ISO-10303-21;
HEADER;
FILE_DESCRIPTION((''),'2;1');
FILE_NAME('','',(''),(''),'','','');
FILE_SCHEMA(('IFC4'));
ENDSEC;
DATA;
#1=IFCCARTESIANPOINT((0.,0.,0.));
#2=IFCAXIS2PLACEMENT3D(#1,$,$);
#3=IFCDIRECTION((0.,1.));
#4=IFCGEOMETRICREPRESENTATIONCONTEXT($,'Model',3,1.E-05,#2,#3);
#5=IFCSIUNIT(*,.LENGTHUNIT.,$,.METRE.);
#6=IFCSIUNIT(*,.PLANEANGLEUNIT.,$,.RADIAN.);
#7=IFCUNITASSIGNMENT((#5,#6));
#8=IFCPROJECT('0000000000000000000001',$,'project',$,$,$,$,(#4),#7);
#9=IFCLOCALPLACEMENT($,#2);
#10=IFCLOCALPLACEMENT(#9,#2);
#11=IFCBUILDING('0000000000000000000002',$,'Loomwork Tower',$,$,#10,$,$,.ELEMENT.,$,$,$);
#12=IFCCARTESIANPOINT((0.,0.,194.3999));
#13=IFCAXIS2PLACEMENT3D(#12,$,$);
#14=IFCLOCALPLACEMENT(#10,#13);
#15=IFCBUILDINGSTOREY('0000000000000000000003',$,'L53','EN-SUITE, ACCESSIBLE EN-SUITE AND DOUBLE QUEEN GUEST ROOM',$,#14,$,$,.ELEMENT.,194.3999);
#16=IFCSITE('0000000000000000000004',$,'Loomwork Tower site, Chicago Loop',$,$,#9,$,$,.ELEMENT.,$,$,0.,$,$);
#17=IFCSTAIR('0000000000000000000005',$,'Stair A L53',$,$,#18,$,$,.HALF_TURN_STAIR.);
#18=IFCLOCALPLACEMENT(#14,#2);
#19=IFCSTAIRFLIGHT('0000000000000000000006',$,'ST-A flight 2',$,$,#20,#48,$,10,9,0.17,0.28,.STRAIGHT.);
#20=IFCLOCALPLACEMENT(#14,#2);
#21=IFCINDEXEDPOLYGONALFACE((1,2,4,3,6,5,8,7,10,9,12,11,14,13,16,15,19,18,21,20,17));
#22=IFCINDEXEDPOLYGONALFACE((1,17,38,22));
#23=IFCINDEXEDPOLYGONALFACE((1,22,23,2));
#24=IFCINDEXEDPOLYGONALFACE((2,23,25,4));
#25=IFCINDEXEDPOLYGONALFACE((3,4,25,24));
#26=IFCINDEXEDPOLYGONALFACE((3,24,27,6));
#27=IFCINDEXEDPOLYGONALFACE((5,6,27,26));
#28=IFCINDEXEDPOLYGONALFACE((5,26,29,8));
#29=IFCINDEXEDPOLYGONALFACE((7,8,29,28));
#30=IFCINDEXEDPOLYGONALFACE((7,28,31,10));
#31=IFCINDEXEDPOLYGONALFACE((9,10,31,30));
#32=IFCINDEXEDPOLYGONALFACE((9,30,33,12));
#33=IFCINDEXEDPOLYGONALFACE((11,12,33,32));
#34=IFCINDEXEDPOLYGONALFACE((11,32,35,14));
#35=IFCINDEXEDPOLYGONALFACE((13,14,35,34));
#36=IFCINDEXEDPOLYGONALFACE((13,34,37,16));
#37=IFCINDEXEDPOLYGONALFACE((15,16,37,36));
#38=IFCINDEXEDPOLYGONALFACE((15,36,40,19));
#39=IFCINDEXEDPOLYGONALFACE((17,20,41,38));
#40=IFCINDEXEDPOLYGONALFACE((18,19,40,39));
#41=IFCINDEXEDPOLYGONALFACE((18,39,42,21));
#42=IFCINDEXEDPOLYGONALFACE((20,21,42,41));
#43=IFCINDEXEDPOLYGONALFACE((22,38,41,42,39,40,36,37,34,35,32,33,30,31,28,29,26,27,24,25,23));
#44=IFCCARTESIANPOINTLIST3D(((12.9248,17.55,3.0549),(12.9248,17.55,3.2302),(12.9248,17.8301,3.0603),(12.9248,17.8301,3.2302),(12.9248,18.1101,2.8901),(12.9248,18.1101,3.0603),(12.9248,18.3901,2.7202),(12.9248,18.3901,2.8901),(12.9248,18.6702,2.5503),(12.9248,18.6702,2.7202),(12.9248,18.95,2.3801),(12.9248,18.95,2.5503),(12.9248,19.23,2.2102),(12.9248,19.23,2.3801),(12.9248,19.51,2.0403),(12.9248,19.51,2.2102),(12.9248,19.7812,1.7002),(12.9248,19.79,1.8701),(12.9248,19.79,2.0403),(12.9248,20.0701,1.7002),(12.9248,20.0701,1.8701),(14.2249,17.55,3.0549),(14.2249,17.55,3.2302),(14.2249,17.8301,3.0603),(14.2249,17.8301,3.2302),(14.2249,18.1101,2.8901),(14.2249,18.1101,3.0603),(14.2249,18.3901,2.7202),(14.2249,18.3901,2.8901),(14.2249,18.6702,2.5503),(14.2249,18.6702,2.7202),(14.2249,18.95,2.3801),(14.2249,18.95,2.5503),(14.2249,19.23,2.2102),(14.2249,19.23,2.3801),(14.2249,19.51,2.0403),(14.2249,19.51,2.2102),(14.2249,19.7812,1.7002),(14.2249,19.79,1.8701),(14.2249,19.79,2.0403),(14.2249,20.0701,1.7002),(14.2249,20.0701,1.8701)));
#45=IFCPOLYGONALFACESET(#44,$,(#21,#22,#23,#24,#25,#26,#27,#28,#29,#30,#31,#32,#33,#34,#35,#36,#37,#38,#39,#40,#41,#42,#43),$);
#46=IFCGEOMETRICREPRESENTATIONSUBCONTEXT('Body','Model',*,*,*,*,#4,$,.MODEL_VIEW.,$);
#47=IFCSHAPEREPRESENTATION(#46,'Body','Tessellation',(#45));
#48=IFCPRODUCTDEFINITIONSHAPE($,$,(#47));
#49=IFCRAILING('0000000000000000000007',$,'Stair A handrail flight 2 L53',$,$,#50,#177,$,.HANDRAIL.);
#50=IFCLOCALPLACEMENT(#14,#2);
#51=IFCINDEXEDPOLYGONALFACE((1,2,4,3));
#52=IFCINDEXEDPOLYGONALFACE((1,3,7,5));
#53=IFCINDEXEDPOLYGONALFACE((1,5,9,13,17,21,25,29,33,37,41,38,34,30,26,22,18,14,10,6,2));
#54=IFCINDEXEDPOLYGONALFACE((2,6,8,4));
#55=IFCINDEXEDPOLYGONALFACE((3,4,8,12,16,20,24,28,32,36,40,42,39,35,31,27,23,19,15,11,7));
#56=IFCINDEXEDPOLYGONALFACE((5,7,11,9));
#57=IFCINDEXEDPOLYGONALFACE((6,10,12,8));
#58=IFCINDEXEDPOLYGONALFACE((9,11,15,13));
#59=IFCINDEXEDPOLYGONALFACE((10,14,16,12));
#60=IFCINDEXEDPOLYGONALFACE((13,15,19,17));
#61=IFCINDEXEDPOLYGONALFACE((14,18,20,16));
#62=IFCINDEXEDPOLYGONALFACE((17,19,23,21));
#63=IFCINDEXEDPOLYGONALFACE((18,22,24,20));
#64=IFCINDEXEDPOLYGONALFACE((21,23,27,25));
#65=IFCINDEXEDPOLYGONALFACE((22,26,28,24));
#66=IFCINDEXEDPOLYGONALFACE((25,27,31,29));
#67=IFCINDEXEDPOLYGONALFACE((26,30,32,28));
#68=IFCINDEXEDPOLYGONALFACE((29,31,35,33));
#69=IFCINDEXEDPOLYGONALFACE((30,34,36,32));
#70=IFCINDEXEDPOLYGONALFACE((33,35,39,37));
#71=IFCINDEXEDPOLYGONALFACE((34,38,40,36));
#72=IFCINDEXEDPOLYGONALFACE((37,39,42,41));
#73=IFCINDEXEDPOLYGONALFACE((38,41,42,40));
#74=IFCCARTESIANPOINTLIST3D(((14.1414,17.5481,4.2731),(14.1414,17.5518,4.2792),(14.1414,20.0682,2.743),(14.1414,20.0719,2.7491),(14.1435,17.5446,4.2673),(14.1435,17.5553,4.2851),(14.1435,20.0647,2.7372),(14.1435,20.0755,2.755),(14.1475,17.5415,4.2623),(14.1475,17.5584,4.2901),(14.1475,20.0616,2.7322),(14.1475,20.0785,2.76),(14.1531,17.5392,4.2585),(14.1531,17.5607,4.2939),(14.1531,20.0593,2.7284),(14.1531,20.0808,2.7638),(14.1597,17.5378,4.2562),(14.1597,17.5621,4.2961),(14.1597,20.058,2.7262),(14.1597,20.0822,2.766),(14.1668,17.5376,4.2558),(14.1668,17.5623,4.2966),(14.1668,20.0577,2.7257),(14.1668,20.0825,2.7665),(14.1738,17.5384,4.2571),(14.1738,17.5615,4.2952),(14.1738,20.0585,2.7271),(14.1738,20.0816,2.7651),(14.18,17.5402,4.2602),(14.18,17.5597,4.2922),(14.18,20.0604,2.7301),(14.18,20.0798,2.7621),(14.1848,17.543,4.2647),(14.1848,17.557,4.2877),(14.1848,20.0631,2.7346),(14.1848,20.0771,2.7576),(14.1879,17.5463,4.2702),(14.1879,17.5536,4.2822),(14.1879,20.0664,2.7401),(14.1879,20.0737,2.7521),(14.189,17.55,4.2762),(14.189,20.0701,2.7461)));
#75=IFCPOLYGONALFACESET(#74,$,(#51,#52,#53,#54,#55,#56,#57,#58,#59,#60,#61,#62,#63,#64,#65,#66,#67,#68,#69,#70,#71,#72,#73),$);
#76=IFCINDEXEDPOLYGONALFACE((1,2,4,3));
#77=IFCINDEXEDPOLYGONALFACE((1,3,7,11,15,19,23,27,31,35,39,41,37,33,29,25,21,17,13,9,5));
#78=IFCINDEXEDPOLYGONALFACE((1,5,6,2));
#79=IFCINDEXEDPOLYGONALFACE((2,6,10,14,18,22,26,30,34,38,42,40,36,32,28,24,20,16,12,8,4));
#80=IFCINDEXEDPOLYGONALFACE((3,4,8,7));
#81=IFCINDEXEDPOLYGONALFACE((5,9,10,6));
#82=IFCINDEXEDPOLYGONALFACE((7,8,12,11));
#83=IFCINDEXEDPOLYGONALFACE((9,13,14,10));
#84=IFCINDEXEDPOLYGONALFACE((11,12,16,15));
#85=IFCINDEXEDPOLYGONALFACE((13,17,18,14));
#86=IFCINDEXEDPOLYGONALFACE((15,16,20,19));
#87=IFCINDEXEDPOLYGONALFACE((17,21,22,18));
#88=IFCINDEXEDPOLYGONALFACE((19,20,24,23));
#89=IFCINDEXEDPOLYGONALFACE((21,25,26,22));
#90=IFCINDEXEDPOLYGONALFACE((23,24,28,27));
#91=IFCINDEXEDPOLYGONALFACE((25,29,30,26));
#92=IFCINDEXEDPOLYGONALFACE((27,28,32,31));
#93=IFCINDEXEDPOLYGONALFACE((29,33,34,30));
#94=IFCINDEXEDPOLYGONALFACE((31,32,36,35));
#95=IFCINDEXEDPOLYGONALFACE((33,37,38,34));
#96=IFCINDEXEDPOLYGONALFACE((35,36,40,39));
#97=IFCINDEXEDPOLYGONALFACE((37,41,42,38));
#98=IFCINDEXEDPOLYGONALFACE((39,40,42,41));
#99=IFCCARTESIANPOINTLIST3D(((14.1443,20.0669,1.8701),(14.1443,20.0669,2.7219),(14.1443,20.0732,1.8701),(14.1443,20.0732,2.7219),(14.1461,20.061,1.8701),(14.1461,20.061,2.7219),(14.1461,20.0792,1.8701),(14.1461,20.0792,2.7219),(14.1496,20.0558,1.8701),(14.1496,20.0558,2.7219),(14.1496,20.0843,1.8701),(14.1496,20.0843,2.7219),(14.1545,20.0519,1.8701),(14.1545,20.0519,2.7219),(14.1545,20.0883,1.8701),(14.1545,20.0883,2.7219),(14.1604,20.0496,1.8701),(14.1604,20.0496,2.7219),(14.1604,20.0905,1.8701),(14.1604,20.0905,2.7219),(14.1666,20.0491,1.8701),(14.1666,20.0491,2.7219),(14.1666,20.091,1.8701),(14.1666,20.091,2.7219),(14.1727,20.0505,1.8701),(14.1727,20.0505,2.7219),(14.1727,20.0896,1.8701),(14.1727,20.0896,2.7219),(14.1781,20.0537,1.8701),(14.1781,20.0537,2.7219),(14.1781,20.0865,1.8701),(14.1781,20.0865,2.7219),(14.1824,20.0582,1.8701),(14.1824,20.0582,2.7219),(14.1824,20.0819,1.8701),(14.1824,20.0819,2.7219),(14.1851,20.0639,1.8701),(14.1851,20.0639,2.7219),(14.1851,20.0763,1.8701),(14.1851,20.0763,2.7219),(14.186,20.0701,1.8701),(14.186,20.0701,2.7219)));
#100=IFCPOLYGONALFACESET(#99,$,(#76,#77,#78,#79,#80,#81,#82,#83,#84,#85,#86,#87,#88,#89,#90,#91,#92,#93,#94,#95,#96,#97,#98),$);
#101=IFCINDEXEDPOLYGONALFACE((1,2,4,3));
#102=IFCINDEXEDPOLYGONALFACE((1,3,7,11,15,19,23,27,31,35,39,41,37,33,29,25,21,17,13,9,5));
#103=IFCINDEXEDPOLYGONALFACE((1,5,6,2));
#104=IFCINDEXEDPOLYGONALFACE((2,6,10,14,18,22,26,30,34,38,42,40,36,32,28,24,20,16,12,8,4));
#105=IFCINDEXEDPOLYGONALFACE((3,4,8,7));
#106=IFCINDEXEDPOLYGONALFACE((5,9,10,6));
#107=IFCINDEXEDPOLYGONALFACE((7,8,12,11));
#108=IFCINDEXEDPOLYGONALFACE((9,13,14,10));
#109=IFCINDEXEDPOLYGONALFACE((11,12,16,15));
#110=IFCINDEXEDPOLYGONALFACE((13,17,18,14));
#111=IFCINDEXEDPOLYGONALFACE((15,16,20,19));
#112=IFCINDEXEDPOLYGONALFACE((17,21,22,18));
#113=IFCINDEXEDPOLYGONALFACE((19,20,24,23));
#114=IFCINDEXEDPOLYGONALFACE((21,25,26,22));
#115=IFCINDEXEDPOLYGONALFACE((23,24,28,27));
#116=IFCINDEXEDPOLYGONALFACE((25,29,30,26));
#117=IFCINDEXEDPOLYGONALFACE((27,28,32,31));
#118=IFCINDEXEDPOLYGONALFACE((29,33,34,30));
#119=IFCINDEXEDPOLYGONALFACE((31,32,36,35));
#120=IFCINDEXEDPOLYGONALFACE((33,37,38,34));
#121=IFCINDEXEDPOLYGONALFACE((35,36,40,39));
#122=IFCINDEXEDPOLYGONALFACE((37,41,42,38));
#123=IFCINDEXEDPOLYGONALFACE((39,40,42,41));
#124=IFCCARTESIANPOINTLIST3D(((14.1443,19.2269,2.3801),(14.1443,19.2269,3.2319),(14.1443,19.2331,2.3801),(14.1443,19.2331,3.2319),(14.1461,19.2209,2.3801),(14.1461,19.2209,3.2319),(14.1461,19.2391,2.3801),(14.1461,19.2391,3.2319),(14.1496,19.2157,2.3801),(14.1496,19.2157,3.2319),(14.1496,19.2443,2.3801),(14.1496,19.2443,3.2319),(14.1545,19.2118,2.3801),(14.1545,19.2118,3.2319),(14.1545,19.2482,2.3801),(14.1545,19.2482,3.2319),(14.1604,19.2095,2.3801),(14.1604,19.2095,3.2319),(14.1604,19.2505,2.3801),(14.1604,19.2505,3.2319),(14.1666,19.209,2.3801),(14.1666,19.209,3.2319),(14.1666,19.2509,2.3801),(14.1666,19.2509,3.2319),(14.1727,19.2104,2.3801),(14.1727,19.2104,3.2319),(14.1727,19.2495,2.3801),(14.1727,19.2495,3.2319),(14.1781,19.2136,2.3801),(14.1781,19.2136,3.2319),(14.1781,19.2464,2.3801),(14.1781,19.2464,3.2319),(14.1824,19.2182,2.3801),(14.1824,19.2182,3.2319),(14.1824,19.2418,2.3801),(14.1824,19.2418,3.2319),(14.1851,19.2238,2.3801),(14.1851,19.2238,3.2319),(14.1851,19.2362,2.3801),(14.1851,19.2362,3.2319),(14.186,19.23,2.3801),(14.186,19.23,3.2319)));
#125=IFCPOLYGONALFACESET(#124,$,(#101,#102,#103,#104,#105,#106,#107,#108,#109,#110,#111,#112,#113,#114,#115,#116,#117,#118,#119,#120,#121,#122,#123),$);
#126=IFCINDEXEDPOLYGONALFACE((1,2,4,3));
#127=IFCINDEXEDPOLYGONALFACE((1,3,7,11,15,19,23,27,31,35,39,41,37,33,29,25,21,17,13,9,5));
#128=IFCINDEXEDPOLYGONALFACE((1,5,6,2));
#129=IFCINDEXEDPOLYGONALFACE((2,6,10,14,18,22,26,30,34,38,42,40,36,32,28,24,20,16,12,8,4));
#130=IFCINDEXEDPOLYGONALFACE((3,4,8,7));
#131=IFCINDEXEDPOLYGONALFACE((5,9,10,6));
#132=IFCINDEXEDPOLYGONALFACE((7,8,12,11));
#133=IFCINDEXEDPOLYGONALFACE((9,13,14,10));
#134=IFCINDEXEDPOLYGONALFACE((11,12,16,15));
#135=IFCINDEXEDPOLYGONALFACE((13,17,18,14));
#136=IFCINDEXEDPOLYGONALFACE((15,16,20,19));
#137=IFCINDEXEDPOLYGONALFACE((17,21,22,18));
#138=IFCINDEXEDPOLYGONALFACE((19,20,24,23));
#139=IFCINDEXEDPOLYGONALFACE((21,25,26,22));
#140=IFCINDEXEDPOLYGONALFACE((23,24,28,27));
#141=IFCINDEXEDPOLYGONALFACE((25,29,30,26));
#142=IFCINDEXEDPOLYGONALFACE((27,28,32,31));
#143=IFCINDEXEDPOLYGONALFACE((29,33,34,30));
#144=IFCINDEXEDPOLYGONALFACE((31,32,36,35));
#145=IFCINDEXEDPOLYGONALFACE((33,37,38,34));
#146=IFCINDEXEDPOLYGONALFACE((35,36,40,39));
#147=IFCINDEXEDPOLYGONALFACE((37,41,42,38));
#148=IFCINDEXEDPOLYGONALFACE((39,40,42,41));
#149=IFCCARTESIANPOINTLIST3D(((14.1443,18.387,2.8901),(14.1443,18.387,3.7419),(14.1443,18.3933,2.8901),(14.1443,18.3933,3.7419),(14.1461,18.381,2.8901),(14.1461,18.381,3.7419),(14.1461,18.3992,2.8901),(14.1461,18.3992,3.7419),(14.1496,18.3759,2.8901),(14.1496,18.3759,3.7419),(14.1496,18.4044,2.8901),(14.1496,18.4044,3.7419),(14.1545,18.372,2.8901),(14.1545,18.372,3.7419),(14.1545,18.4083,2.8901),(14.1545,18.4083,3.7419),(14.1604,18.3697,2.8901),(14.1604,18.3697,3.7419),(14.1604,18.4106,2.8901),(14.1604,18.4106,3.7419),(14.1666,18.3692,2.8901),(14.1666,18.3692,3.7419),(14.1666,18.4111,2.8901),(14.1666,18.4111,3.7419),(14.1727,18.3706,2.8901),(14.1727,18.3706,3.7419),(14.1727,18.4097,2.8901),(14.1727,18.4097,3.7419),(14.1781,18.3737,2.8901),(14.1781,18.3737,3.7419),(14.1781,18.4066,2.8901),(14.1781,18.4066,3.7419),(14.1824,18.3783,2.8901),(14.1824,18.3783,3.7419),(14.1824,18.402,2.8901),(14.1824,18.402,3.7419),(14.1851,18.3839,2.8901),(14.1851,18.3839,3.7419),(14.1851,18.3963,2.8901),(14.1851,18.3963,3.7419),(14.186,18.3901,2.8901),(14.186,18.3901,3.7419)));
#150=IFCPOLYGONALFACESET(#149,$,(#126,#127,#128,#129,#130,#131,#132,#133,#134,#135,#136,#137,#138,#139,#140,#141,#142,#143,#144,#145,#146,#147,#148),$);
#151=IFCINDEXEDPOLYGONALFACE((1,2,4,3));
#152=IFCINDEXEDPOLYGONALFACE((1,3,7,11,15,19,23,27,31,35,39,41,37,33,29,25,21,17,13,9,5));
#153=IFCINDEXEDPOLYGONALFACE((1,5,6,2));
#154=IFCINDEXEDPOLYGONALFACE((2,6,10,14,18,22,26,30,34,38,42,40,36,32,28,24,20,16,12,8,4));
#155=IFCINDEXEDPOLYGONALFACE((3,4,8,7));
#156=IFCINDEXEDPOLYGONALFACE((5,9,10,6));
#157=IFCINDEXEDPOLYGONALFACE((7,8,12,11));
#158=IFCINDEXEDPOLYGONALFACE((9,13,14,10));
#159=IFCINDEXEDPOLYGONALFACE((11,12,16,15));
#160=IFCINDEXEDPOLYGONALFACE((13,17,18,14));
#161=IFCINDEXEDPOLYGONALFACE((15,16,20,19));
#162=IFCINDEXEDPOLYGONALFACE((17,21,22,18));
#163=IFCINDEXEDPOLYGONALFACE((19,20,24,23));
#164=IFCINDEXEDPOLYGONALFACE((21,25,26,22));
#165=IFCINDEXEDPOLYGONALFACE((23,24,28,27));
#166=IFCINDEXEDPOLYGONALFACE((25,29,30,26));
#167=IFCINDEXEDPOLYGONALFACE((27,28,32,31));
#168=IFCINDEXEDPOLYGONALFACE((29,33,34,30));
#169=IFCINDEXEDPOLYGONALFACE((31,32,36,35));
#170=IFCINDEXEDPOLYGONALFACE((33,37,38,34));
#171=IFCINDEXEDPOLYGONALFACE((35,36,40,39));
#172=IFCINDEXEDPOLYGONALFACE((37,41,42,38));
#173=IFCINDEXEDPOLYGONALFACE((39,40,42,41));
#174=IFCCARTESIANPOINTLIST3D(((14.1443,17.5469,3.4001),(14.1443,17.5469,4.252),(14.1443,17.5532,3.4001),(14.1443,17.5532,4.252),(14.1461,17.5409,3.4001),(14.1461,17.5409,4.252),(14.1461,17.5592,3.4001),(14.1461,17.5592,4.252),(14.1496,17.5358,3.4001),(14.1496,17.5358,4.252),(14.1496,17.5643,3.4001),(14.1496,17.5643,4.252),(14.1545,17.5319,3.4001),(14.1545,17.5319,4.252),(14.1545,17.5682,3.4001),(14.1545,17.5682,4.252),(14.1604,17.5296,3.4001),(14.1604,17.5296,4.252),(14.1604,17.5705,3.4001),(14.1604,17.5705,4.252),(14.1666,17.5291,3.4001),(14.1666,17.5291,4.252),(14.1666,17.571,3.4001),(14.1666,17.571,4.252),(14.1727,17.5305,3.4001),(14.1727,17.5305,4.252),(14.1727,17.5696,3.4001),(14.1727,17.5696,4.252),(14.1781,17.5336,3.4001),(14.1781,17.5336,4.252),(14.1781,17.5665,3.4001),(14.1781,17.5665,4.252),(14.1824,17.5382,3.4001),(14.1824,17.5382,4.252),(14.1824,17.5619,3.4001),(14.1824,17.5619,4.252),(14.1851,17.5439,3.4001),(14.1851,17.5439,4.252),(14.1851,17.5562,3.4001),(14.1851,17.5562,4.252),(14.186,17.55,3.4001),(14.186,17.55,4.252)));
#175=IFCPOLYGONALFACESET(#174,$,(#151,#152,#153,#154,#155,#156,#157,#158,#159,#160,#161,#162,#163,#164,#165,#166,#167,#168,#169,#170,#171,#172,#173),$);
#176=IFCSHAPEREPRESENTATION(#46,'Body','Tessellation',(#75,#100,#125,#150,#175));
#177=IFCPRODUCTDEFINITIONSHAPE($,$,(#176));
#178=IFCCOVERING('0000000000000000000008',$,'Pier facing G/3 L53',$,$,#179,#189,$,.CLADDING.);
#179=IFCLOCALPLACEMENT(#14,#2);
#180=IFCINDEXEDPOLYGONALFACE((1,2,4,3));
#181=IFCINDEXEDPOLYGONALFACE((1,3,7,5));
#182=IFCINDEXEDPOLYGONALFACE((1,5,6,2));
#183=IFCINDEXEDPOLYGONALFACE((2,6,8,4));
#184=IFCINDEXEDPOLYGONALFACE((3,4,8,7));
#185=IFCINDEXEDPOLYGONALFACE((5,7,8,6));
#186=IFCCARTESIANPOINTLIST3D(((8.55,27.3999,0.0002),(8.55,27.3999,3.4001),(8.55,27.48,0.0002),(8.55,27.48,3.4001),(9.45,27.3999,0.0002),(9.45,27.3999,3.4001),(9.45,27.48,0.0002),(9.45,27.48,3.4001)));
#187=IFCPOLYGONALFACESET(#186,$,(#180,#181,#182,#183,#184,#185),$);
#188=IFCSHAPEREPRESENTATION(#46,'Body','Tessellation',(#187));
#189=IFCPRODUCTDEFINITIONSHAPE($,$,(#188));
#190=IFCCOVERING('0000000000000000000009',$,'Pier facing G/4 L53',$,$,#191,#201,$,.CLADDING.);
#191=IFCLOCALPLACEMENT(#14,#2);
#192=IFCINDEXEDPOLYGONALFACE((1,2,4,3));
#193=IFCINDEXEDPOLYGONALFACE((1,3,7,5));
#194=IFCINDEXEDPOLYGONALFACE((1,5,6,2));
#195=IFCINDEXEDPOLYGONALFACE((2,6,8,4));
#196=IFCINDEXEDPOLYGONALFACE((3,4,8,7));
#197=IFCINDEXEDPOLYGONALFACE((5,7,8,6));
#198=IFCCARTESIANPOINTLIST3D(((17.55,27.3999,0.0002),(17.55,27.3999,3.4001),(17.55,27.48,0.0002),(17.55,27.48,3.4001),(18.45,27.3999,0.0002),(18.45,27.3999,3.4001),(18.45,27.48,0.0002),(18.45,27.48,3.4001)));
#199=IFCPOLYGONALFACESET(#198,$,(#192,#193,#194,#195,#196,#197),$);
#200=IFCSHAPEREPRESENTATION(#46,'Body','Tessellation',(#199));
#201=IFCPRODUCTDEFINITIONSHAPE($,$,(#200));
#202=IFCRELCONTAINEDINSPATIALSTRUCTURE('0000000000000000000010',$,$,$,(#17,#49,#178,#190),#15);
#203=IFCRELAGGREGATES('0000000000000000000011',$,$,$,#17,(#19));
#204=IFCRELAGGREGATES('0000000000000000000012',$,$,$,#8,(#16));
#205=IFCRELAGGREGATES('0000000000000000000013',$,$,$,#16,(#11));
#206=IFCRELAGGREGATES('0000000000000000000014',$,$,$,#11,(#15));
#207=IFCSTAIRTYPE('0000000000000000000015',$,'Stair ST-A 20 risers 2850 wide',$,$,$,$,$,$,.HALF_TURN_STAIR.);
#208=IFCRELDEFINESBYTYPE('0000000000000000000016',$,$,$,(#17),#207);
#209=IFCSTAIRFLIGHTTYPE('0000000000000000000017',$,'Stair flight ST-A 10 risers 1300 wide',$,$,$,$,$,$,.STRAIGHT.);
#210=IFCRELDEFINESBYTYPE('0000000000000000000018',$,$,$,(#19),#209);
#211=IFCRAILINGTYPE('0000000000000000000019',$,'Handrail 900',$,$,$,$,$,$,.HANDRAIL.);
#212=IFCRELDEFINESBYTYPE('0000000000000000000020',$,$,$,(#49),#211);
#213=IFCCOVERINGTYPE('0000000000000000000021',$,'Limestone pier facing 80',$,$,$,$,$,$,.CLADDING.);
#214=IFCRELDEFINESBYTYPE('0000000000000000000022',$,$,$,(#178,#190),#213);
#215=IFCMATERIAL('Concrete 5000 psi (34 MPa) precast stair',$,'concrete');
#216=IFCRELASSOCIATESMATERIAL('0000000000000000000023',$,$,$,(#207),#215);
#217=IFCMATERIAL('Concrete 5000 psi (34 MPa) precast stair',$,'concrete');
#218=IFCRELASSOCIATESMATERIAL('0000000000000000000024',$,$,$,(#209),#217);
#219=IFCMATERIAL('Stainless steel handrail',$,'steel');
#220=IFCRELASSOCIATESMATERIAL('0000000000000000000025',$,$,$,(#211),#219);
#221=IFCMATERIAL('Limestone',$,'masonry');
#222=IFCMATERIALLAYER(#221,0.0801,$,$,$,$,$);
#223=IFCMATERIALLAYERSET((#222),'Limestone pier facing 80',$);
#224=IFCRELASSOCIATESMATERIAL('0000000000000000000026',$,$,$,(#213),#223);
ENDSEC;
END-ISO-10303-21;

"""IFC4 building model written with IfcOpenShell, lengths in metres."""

from ifc_helpers import new_model, si_unit, direction, frame, origin, origin_2d, place, context, subcontext, project, spatial, polyline, rectangle, circle, outline, extrude, material, layer, layer_set, type_object, element, aggregate, save


model = new_model("IFC4")

# Units and contexts
model_context = context("Model", 3, precision=1e-05, world=origin(), true_north=direction((0.0, 1.0)))
body_context = subcontext(model_context, "Body", "Model", "MODEL_VIEW")
ifc_project = project(units=[si_unit("LENGTHUNIT", "METRE"), si_unit("PLANEANGLEUNIT", "RADIAN")], contexts=[model_context])

# Site, building, storey
site_placement = place(None, origin())
site = spatial("IfcSite", under=ifc_project, at=site_placement, Name="Loomwork Tower site, Chicago Loop", CompositionType="ELEMENT", RefElevation=0.0)
building_placement = place(site_placement, origin())
building = spatial("IfcBuilding", under=site, at=building_placement, Name="Loomwork Tower", CompositionType="ELEMENT")
storey_placement = place(building_placement, frame((0.0, 0.0, 194.3999)))
storey = spatial("IfcBuildingStorey", under=building, at=storey_placement, Name="L53", Description="EN-SUITE, ACCESSIBLE EN-SUITE AND DOUBLE QUEEN GUEST ROOM", CompositionType="ELEMENT", Elevation=194.3999)

# Stair, stair flight
ifc_material_1 = material(Name="Concrete 5000 psi (34 MPa) precast stair", Category="concrete")
stair_type = type_object("IfcStairType", Name="Stair ST-A 20 risers 2850 wide", PredefinedType="HALF_TURN_STAIR", material=ifc_material_1)
stair_placement = place(storey_placement, origin())
stair = element("IfcStair", 1, at=stair_placement, inside=storey, type_object=stair_type, Name="Stair A L53", PredefinedType="HALF_TURN_STAIR")
ifc_material_2 = material(Name="Concrete 5000 psi (34 MPa) precast stair", Category="concrete")
stair_flight_type = type_object("IfcStairFlightType", Name="Stair flight ST-A 10 risers 1300 wide", PredefinedType="STRAIGHT", material=ifc_material_2)
stair_flight_placement = place(storey_placement, frame((13.575, 20.0701, 1.7002), z_axis=(0.0, 0.0, 1.0), x_axis=(0.0, -1.0, 0.0)))
stair_flight = element("IfcStairFlight", 2, at=stair_flight_placement, type_object=stair_flight_type, Name="ST-A flight 2", NumberOfRisers=10, NumberOfTreads=9, PredefinedType="STRAIGHT", RiserHeight=0.17, TreadLength=0.28, context=body_context, shape_type="SweptSolid", body=[
    extrude(outline(polyline([(0.0, 0.0), (0.0, 0.1699), (0.28, 0.1699), (0.28, 0.3401), (0.5601, 0.3401), (0.5601, 0.51), (0.8401, 0.51), (0.8401, 0.6799), (1.1201, 0.6799), (1.1201, 0.8501), (1.3999, 0.8501), (1.3999, 1.02), (1.6799, 1.02), (1.6799, 1.1899), (1.96, 1.1899), (1.96, 1.3601), (2.24, 1.3601), (2.24, 1.53), (2.52, 1.53), (2.52, 1.7), (2.52, 1.3547), (0.2888, 0.0), (0.0, 0.0)])), frame((0.0, 0.6499, 0.0), z_axis=(0.0, -1.0, 0.0), x_axis=(1.0, 0.0, 0.0)), (0.0, 0.0, 1.0), 1.3),
])
aggregate(stair, [stair_flight])

# Railing
ifc_material_3 = material(Name="Stainless steel handrail", Category="steel")
railing_type = type_object("IfcRailingType", Name="Handrail 900", PredefinedType="HANDRAIL", material=ifc_material_3)
railing_placement = place(storey_placement, frame((14.165, 20.0701, 1.8701)))
element("IfcRailing", 3, at=railing_placement, inside=storey, type_object=railing_type, Name="Stair A handrail flight 2 L53", PredefinedType="HANDRAIL", context=body_context, shape_type="SweptSolid", body=[
    extrude(circle(Radius=0.0239, at=origin_2d()), frame((0.0, 0.0, 0.876), z_axis=(0.0, -0.854785, 0.518982), x_axis=(1.0, 0.0, 0.0)), (0.0, 0.0, 1.0), 2.9482),
    extrude(circle(Radius=0.021, at=origin_2d()), origin(), (0.0, 0.0, 1.0), 0.8518),
    extrude(circle(Radius=0.021, at=origin_2d()), frame((0.0, -0.8401, 0.51)), (0.0, 0.0, 1.0), 0.8518),
    extrude(circle(Radius=0.021, at=origin_2d()), frame((0.0, -1.6799, 1.02)), (0.0, 0.0, 1.0), 0.8518),
    extrude(circle(Radius=0.021, at=origin_2d()), frame((0.0, -2.52, 1.53)), (0.0, 0.0, 1.0), 0.8518),
])

# Coverings
ifc_material_4 = material(Name="Limestone", Category="masonry")
ifc_layer_1 = layer(ifc_material_4, 0.0801)
ifc_layer_set_1 = layer_set([ifc_layer_1], Name="Limestone pier facing 80")
covering_type = type_object("IfcCoveringType", Name="Limestone pier facing 80", PredefinedType="CLADDING", material=ifc_layer_set_1)
for number, where, z_axis, x_axis, name in (
    (4, (9.0, 27.4399, 0.0002), (0.0, 0.0, 1.0), (1.0, 0.0, 0.0), "Pier facing G/3 L53"),
    (5, (18.0, 27.4399, 0.0002), (0.0, 0.0, 1.0), (1.0, 0.0, 0.0), "Pier facing G/4 L53"),
):
    element("IfcCovering", number, at=place(storey_placement, frame(where, z_axis=z_axis, x_axis=x_axis)), inside=storey, type_object=covering_type, Name=name, PredefinedType="CLADDING", context=body_context, shape_type="SweptSolid", body=[
        extrude(rectangle(XDim=0.8999, YDim=0.0801, at=origin_2d()), origin(), (0.0, 0.0, 1.0), 3.3999),
    ])

save(model, "model.ifc")
